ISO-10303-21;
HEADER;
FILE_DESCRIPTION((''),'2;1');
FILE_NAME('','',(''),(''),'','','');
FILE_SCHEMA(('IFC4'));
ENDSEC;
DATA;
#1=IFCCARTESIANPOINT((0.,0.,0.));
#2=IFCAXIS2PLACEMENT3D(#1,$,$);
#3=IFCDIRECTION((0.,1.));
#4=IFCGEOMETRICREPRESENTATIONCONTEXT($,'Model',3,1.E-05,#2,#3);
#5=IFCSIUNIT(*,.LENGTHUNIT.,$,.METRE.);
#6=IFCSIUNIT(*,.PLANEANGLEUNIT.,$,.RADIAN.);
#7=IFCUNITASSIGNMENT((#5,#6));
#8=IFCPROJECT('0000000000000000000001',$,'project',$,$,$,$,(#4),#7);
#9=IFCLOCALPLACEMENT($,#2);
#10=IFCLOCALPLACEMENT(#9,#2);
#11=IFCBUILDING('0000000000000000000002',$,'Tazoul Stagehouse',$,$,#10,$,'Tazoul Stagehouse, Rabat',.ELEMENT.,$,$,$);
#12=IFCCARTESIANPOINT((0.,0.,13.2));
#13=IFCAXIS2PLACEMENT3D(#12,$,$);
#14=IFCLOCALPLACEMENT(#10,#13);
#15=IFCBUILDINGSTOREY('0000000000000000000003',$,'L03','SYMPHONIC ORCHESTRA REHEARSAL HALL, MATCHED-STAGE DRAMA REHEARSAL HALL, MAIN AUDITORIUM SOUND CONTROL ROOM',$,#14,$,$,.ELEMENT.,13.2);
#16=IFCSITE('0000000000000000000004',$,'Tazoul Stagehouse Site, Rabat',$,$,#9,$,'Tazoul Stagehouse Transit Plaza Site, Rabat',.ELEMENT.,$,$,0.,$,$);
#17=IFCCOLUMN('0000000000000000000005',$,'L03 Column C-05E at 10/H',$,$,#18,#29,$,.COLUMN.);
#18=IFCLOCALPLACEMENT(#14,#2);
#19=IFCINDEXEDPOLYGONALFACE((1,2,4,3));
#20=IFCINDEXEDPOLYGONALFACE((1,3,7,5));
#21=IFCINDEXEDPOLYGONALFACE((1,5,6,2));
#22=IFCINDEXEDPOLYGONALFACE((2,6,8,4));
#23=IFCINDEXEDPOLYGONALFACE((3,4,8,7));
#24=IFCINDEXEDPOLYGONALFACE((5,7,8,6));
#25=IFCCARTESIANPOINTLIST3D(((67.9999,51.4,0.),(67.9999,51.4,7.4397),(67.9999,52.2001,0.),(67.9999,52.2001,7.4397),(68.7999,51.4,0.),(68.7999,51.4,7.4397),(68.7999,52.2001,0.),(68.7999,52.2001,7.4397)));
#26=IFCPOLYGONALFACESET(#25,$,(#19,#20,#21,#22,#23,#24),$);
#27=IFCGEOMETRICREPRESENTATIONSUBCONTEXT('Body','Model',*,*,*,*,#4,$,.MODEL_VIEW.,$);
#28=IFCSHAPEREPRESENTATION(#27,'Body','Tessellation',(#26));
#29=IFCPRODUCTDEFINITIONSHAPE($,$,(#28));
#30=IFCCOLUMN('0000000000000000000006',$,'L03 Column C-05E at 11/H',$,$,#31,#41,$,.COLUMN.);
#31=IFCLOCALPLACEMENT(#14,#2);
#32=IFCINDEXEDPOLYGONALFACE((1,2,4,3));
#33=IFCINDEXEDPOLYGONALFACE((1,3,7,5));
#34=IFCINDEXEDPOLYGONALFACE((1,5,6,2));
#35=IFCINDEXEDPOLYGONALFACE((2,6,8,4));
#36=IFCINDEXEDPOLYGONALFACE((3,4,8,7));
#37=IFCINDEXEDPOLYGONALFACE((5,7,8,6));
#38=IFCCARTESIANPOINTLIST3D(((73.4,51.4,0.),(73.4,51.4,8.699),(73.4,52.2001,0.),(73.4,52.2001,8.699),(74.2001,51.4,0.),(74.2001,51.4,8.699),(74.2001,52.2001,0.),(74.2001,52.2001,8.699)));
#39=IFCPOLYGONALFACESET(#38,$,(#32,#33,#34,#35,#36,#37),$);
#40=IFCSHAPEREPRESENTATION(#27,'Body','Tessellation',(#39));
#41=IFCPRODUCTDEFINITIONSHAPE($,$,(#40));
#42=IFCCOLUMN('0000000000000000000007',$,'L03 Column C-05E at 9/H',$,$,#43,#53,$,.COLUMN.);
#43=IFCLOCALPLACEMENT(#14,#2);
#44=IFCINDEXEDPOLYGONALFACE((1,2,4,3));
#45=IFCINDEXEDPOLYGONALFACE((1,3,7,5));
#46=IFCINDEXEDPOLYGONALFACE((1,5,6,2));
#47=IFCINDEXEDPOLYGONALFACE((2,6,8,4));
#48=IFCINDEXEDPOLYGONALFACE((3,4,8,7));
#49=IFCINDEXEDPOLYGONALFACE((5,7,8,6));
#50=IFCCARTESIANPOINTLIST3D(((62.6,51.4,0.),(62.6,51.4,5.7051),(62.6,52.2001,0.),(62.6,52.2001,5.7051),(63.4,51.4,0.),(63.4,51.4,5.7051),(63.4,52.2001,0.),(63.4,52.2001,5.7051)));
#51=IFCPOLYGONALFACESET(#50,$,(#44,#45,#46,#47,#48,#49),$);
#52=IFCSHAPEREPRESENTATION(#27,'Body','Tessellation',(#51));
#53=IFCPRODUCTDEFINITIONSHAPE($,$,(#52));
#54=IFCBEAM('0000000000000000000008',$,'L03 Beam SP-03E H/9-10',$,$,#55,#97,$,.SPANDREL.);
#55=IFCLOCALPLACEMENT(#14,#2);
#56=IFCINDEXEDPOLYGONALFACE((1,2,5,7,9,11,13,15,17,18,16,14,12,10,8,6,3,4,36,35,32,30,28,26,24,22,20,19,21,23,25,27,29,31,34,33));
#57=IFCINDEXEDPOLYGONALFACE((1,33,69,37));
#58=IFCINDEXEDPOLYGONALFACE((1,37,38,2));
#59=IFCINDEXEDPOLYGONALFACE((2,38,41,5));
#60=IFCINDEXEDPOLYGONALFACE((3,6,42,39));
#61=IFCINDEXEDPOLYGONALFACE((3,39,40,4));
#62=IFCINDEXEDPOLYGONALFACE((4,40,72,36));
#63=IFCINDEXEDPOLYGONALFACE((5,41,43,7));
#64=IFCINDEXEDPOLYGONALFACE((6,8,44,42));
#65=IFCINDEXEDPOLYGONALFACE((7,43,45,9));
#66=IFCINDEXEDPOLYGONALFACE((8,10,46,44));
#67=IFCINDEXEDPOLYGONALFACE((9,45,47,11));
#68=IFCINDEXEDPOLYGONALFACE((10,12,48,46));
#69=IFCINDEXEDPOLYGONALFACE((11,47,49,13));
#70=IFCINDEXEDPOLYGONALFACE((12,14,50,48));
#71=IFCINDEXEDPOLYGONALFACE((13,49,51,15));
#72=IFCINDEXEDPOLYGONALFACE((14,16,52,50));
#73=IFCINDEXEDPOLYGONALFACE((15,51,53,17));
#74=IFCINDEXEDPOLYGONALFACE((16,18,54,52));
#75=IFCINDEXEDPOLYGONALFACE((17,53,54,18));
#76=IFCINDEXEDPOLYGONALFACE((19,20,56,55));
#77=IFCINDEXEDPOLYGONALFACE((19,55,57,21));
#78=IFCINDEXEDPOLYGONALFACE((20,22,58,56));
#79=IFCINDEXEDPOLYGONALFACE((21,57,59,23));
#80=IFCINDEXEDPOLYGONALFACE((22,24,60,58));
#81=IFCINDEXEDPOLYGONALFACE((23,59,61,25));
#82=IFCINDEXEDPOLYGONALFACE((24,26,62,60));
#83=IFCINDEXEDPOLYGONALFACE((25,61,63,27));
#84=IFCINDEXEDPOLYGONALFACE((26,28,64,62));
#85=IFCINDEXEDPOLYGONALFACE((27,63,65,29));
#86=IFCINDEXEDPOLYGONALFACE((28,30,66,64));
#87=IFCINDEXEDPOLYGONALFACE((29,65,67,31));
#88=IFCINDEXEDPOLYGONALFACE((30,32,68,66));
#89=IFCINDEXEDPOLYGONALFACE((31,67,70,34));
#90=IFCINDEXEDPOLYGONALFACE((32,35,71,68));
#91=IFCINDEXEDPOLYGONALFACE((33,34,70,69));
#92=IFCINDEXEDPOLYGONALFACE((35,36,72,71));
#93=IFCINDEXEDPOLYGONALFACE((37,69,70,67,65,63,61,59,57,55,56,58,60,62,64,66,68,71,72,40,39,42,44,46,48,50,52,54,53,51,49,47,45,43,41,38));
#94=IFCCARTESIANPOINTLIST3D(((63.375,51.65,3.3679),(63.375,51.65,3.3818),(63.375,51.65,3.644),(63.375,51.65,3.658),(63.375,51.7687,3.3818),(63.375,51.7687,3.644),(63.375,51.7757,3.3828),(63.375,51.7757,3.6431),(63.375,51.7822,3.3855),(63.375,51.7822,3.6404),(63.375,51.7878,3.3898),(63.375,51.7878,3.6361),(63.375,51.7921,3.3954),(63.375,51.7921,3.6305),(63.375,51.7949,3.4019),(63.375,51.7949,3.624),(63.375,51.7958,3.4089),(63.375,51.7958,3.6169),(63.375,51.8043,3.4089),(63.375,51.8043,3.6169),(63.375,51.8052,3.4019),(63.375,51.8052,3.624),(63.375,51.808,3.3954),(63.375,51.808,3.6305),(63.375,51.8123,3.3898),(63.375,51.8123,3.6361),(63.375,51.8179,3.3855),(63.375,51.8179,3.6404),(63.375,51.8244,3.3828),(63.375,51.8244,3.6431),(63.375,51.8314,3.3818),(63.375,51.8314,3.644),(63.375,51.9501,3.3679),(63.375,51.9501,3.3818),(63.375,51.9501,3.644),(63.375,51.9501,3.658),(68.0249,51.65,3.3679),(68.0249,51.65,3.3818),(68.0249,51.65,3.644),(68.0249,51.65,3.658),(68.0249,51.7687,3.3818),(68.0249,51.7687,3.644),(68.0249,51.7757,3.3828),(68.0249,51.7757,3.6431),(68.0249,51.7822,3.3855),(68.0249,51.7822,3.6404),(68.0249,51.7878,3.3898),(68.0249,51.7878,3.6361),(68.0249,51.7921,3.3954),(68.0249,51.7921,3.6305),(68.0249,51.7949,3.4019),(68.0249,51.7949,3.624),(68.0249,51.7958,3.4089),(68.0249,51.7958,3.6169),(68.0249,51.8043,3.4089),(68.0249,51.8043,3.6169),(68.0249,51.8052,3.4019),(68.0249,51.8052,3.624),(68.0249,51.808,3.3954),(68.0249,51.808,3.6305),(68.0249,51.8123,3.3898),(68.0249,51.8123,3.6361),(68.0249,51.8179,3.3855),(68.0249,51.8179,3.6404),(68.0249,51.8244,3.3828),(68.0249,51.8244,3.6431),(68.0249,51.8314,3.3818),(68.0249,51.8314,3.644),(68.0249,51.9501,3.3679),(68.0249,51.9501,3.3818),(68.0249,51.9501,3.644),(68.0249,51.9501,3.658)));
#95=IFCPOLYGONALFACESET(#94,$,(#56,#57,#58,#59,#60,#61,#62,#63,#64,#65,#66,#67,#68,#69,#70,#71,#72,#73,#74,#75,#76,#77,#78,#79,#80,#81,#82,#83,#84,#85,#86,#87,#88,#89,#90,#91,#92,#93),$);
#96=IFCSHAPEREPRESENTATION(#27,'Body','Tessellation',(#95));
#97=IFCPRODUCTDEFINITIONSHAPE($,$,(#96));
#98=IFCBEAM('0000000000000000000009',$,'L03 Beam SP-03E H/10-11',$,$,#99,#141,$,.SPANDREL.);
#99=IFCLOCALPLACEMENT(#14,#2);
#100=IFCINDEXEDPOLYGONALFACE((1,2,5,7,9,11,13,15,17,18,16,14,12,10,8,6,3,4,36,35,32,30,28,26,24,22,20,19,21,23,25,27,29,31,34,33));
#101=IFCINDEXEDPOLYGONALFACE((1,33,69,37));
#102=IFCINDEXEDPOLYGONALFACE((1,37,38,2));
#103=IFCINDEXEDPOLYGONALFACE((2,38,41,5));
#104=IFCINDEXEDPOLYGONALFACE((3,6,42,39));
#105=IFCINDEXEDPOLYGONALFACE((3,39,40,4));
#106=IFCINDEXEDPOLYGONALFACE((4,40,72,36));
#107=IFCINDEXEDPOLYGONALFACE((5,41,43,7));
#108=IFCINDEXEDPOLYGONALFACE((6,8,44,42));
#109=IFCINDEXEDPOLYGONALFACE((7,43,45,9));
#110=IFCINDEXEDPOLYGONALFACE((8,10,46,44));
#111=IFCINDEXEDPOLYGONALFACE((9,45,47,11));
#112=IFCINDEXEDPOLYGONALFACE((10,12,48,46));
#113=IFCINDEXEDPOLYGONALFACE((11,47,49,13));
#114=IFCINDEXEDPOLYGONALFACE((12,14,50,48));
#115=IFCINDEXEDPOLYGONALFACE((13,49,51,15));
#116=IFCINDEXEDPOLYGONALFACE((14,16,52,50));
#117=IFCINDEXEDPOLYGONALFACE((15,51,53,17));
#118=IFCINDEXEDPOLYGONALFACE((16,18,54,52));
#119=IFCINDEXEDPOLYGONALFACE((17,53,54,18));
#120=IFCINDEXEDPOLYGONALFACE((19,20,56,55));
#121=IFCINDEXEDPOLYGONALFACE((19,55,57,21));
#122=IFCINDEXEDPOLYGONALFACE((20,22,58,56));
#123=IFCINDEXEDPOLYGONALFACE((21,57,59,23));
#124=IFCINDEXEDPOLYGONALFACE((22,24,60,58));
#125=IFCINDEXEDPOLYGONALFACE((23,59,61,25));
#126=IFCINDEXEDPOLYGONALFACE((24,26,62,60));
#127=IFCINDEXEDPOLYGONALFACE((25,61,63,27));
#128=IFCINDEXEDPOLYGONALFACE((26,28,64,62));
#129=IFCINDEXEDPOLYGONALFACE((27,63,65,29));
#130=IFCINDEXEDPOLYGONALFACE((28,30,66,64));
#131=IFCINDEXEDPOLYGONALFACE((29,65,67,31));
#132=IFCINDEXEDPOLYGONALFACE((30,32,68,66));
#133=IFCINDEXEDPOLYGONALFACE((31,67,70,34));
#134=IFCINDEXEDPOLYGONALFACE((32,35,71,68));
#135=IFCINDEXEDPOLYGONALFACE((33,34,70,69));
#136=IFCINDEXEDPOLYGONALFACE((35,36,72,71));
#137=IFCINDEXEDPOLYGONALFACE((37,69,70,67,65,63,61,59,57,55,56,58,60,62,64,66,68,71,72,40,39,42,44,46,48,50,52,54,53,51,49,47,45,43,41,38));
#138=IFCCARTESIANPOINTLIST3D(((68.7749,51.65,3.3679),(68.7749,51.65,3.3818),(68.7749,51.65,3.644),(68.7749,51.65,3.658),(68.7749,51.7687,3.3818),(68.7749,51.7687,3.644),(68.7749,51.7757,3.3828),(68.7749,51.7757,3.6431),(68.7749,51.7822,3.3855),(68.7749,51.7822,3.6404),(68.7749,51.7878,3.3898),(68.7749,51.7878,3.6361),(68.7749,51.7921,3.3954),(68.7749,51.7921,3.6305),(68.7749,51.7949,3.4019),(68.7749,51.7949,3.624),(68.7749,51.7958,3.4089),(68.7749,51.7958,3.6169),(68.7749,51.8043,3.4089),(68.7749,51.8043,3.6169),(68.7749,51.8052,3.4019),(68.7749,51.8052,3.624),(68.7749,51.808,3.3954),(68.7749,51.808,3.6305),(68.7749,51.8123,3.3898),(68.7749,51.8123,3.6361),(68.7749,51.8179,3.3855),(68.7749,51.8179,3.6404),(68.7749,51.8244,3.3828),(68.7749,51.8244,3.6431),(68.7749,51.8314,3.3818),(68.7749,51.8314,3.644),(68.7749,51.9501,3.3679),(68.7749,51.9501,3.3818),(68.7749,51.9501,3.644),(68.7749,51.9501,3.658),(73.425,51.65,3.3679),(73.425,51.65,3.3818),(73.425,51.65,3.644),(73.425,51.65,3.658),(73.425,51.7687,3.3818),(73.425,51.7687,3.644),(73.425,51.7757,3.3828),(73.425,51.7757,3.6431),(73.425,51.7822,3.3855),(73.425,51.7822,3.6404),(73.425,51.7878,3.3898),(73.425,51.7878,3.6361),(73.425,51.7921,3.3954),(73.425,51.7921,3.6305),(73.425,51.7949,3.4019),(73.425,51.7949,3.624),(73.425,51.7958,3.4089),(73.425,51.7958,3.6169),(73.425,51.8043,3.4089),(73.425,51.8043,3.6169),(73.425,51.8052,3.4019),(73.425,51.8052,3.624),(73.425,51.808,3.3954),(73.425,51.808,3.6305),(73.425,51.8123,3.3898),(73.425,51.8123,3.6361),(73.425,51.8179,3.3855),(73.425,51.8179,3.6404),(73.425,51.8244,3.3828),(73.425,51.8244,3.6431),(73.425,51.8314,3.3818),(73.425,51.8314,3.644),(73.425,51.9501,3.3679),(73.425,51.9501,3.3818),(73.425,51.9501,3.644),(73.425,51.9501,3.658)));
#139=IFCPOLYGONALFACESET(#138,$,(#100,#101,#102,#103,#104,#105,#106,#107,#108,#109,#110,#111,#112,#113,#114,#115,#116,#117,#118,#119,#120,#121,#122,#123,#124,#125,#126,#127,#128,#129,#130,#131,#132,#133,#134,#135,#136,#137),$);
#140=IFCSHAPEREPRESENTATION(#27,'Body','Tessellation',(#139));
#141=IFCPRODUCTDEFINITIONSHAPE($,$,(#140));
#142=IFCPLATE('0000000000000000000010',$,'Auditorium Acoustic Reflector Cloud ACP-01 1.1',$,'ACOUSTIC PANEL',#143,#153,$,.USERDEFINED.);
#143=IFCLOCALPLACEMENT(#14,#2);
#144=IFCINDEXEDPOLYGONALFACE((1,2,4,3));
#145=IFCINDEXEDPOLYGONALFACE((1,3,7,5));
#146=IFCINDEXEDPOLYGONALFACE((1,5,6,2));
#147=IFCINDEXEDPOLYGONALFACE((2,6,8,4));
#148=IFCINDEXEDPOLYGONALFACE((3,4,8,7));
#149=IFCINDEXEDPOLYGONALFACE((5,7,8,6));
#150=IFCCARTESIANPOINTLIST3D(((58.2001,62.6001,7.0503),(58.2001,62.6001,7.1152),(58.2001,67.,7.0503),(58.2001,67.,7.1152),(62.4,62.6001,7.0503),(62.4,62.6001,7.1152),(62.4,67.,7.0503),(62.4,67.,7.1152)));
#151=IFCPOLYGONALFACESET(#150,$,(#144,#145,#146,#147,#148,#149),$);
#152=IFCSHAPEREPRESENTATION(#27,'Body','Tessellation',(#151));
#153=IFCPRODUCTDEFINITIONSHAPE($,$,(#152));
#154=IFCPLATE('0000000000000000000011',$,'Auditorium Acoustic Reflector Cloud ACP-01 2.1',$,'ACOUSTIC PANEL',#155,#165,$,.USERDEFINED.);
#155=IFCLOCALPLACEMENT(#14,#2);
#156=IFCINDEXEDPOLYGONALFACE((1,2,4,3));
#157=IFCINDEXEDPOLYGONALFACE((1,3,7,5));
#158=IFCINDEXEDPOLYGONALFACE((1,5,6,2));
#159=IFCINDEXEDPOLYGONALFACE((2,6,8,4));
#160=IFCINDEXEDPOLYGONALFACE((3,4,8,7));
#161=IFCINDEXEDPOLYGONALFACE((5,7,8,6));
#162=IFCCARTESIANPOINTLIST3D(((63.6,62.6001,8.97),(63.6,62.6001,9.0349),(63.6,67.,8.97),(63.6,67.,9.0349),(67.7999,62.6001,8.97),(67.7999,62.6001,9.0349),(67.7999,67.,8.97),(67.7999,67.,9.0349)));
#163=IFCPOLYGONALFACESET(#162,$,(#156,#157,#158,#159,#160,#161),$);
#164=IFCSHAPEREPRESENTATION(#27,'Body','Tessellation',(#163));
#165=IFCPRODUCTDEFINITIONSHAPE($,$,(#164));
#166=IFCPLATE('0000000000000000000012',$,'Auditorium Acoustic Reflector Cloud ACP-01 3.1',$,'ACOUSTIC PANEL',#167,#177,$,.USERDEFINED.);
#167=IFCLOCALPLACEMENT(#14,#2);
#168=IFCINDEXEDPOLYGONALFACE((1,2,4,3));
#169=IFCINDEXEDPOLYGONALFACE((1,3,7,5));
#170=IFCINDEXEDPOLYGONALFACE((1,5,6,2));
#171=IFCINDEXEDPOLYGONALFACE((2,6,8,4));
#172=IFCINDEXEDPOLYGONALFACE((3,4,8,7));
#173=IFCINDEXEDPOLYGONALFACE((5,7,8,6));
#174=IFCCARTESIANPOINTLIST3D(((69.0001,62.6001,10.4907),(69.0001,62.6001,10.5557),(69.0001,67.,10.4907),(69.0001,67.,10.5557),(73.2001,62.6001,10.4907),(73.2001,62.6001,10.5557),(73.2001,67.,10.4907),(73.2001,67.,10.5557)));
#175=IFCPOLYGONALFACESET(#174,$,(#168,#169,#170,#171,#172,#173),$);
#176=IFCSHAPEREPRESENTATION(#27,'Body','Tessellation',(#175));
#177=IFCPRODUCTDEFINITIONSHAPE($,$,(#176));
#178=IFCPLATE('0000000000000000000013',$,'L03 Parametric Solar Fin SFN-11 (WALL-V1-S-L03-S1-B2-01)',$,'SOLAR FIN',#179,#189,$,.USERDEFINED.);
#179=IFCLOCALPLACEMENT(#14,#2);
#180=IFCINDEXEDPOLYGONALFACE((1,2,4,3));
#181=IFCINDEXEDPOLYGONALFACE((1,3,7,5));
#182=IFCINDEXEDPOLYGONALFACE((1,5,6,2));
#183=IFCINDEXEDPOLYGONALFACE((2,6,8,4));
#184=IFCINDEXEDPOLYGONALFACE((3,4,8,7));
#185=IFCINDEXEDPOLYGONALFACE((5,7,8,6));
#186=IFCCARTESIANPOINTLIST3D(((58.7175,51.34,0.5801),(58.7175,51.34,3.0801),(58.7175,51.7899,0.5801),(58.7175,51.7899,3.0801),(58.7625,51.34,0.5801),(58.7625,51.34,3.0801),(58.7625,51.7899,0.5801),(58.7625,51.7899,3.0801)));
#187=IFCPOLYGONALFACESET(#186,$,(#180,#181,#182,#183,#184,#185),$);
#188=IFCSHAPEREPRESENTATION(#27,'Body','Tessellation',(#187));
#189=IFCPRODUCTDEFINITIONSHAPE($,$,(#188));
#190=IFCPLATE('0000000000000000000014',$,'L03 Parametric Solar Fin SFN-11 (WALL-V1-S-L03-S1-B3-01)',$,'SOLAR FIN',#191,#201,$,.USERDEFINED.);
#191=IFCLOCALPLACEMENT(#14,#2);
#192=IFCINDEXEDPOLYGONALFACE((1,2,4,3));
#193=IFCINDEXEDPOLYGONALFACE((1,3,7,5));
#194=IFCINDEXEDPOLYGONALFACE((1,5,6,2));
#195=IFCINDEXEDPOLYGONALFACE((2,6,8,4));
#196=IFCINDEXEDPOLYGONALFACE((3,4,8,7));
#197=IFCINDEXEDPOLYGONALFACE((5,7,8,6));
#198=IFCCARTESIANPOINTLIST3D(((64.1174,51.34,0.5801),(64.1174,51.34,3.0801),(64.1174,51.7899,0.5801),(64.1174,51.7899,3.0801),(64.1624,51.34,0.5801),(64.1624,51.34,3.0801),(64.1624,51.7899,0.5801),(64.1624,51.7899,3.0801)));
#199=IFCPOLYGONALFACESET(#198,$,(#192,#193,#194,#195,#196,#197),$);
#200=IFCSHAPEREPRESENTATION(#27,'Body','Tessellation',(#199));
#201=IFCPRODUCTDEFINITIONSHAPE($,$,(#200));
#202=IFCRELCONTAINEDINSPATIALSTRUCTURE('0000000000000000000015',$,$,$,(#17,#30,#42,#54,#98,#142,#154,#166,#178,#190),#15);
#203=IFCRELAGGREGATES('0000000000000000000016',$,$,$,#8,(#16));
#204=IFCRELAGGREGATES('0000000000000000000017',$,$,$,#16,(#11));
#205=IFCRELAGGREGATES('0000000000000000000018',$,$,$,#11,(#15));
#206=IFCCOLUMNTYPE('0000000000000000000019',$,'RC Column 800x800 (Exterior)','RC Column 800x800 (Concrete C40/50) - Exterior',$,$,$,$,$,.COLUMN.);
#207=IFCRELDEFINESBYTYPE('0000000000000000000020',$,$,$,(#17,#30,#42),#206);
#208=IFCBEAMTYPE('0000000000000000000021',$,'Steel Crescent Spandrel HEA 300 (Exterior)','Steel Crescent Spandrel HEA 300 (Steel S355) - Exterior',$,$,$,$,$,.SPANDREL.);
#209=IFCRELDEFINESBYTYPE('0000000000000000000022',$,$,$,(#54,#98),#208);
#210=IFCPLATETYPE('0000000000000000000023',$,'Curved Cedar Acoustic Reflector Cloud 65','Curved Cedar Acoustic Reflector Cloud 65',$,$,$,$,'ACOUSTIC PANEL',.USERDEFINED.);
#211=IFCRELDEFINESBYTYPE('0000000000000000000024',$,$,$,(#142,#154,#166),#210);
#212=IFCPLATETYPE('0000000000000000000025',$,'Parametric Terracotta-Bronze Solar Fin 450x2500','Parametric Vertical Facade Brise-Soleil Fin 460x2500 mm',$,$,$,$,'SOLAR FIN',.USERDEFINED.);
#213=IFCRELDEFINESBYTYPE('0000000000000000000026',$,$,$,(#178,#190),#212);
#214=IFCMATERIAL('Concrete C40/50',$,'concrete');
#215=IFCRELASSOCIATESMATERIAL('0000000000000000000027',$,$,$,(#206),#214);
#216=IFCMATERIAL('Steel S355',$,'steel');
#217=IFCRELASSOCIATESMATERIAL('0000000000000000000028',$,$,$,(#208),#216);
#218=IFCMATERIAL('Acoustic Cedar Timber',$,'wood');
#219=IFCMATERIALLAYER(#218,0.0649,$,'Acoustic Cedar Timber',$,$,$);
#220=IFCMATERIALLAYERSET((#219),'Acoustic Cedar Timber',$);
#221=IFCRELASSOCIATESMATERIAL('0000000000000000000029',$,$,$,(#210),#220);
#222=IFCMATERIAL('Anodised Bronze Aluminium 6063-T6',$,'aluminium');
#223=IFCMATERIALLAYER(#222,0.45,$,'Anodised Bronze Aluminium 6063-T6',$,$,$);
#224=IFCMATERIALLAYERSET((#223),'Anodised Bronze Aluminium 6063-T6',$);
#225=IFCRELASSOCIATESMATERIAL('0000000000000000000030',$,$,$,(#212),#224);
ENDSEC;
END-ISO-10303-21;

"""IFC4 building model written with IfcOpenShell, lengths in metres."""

from ifc_helpers import new_model, si_unit, direction, frame, origin, origin_2d, place, context, subcontext, project, spatial, rectangle, i_section, extrude, material, layer, layer_set, material_profile, profile_set, type_object, element, save


model = new_model("IFC4")

# Units and contexts
model_context = context("Model", 3, precision=1e-05, world=origin(), true_north=direction((0.0, 1.0)))
body_context = subcontext(model_context, "Body", "Model", "MODEL_VIEW")
ifc_project = project(units=[si_unit("LENGTHUNIT", "METRE"), si_unit("PLANEANGLEUNIT", "RADIAN")], contexts=[model_context])

# Site, building, storey
site_placement = place(None, origin())
site = spatial("IfcSite", under=ifc_project, at=site_placement, Name="Tazoul Stagehouse Site, Rabat", LongName="Tazoul Stagehouse Transit Plaza Site, Rabat", CompositionType="ELEMENT", RefElevation=0.0)
building_placement = place(site_placement, origin())
building = spatial("IfcBuilding", under=site, at=building_placement, Name="Tazoul Stagehouse", LongName="Tazoul Stagehouse, Rabat", CompositionType="ELEMENT")
storey_placement = place(building_placement, frame((0.0, 0.0, 13.2)))
storey = spatial("IfcBuildingStorey", under=building, at=storey_placement, Name="L03", Description="SYMPHONIC ORCHESTRA REHEARSAL HALL, MATCHED-STAGE DRAMA REHEARSAL HALL, MAIN AUDITORIUM SOUND CONTROL ROOM", CompositionType="ELEMENT", Elevation=13.2)

# Columns
ifc_material_1 = material(Name="Concrete C40/50", Category="concrete")
ifc_material_profile_1 = material_profile(ifc_material_1, rectangle(XDim=0.8, YDim=0.8, at=origin_2d()), Name="RC 800x800")
ifc_profile_set_1 = profile_set([ifc_material_profile_1], Name="Concrete C40/50")
column_type = type_object("IfcColumnType", Name="RC Column 800x800 (Exterior)", Description="RC Column 800x800 (Concrete C40/50) - Exterior", PredefinedType="COLUMN", material=ifc_profile_set_1)
column_1_placement = place(storey_placement, frame((68.3999, 51.8, 0.0), z_axis=(0.0, 0.0, 1.0), x_axis=(1.0, 0.0, 0.0)))
element("IfcColumn", 1, at=column_1_placement, inside=storey, type_object=column_type, Name="L03 Column C-05E at 10/H", PredefinedType="COLUMN", context=body_context, shape_type="SweptSolid", body=[
    extrude(rectangle(XDim=0.8, YDim=0.8, at=origin_2d()), origin(), (0.0, 0.0, 1.0), 7.4397),
])
column_2_placement = place(storey_placement, frame((73.8, 51.8, 0.0), z_axis=(0.0, 0.0, 1.0), x_axis=(1.0, 0.0, 0.0)))
element("IfcColumn", 2, at=column_2_placement, inside=storey, type_object=column_type, Name="L03 Column C-05E at 11/H", PredefinedType="COLUMN", context=body_context, shape_type="SweptSolid", body=[
    extrude(rectangle(XDim=0.8, YDim=0.8, at=origin_2d()), origin(), (0.0, 0.0, 1.0), 8.699),
])
column_3_placement = place(storey_placement, frame((63.0, 51.8, 0.0), z_axis=(0.0, 0.0, 1.0), x_axis=(1.0, 0.0, 0.0)))
element("IfcColumn", 3, at=column_3_placement, inside=storey, type_object=column_type, Name="L03 Column C-05E at 9/H", PredefinedType="COLUMN", context=body_context, shape_type="SweptSolid", body=[
    extrude(rectangle(XDim=0.8, YDim=0.8, at=origin_2d()), origin(), (0.0, 0.0, 1.0), 5.7051),
])

# Beams
ifc_material_2 = material(Name="Steel S355", Category="steel")
ifc_material_profile_2 = material_profile(ifc_material_2, i_section(OverallWidth=0.3, OverallDepth=0.29, WebThickness=0.0085, FlangeThickness=0.0139, FilletRadius=0.0271, at=origin_2d()), Name="HEA 300")
ifc_profile_set_2 = profile_set([ifc_material_profile_2], Name="Steel S355")
beam_type = type_object("IfcBeamType", Name="Steel Crescent Spandrel HEA 300 (Exterior)", Description="Steel Crescent Spandrel HEA 300 (Steel S355) - Exterior", PredefinedType="SPANDREL", material=ifc_profile_set_2)
beam_1_placement = place(storey_placement, frame((63.375, 51.8, 3.5129), z_axis=(1.0, 0.0, 0.0), x_axis=(0.0, 1.0, 0.0)))
element("IfcBeam", 4, at=beam_1_placement, inside=storey, type_object=beam_type, Name="L03 Beam SP-03E H/9-10", PredefinedType="SPANDREL", context=body_context, shape_type="SweptSolid", body=[
    extrude(i_section(OverallWidth=0.3, OverallDepth=0.29, WebThickness=0.0085, FlangeThickness=0.0139, FilletRadius=0.0271, at=origin_2d()), origin(), (0.0, 0.0, 1.0), 4.6499),
])
beam_2_placement = place(storey_placement, frame((68.7749, 51.8, 3.5129), z_axis=(1.0, 0.0, 0.0), x_axis=(0.0, 1.0, 0.0)))
element("IfcBeam", 5, at=beam_2_placement, inside=storey, type_object=beam_type, Name="L03 Beam SP-03E H/10-11", PredefinedType="SPANDREL", context=body_context, shape_type="SweptSolid", body=[
    extrude(i_section(OverallWidth=0.3, OverallDepth=0.29, WebThickness=0.0085, FlangeThickness=0.0139, FilletRadius=0.0271, at=origin_2d()), origin(), (0.0, 0.0, 1.0), 4.6501),
])

# Plates
ifc_material_3 = material(Name="Acoustic Cedar Timber", Category="wood")
ifc_layer_1 = layer(ifc_material_3, 0.0649, Name="Acoustic Cedar Timber")
ifc_layer_set_1 = layer_set([ifc_layer_1], Name="Acoustic Cedar Timber")
plate_type_1 = type_object("IfcPlateType", Name="Curved Cedar Acoustic Reflector Cloud 65", Description="Curved Cedar Acoustic Reflector Cloud 65", ElementType="ACOUSTIC PANEL", PredefinedType="USERDEFINED", material=ifc_layer_set_1)
for number, where, z_axis, x_axis, name in (
    (6, (60.3, 64.8, 7.0503), (0.0, 0.0, 1.0), (1.0, 0.0, 0.0), "Auditorium Acoustic Reflector Cloud ACP-01 1.1"),
    (7, (65.7, 64.8, 8.97), (0.0, 0.0, 1.0), (1.0, 0.0, 0.0), "Auditorium Acoustic Reflector Cloud ACP-01 2.1"),
    (8, (71.1001, 64.8, 10.4907), (0.0, 0.0, 1.0), (1.0, 0.0, 0.0), "Auditorium Acoustic Reflector Cloud ACP-01 3.1"),
):
    element("IfcPlate", number, at=place(storey_placement, frame(where, z_axis=z_axis, x_axis=x_axis)), inside=storey, type_object=plate_type_1, Name=name, ObjectType="ACOUSTIC PANEL", PredefinedType="USERDEFINED", context=body_context, shape_type="SweptSolid", body=[
        extrude(rectangle(XDim=4.2, YDim=4.3999, at=origin_2d()), origin(), (0.0, 0.0, 1.0), 0.0649),
    ])
ifc_material_4 = material(Name="Anodised Bronze Aluminium 6063-T6", Category="aluminium")
ifc_layer_2 = layer(ifc_material_4, 0.45, Name="Anodised Bronze Aluminium 6063-T6")
ifc_layer_set_2 = layer_set([ifc_layer_2], Name="Anodised Bronze Aluminium 6063-T6")
plate_type_2 = type_object("IfcPlateType", Name="Parametric Terracotta-Bronze Solar Fin 450x2500", Description="Parametric Vertical Facade Brise-Soleil Fin 460x2500 mm", ElementType="SOLAR FIN", PredefinedType="USERDEFINED", material=ifc_layer_set_2)
for number, where, z_axis, x_axis, name in (
    (9, (58.74, 51.5649, 0.5801), (0.0, 0.0, 1.0), (1.0, 0.0, 0.0), "L03 Parametric Solar Fin SFN-11 (WALL-V1-S-L03-S1-B2-01)"),
    (10, (64.1399, 51.5649, 0.5801), (0.0, 0.0, 1.0), (1.0, 0.0, 0.0), "L03 Parametric Solar Fin SFN-11 (WALL-V1-S-L03-S1-B3-01)"),
):
    element("IfcPlate", number, at=place(storey_placement, frame(where, z_axis=z_axis, x_axis=x_axis)), inside=storey, type_object=plate_type_2, Name=name, ObjectType="SOLAR FIN", PredefinedType="USERDEFINED", context=body_context, shape_type="SweptSolid", body=[
        extrude(rectangle(XDim=0.0449, YDim=0.45, at=origin_2d()), origin(), (0.0, 0.0, 1.0), 2.5),
    ])

save(model, "model.ifc")
